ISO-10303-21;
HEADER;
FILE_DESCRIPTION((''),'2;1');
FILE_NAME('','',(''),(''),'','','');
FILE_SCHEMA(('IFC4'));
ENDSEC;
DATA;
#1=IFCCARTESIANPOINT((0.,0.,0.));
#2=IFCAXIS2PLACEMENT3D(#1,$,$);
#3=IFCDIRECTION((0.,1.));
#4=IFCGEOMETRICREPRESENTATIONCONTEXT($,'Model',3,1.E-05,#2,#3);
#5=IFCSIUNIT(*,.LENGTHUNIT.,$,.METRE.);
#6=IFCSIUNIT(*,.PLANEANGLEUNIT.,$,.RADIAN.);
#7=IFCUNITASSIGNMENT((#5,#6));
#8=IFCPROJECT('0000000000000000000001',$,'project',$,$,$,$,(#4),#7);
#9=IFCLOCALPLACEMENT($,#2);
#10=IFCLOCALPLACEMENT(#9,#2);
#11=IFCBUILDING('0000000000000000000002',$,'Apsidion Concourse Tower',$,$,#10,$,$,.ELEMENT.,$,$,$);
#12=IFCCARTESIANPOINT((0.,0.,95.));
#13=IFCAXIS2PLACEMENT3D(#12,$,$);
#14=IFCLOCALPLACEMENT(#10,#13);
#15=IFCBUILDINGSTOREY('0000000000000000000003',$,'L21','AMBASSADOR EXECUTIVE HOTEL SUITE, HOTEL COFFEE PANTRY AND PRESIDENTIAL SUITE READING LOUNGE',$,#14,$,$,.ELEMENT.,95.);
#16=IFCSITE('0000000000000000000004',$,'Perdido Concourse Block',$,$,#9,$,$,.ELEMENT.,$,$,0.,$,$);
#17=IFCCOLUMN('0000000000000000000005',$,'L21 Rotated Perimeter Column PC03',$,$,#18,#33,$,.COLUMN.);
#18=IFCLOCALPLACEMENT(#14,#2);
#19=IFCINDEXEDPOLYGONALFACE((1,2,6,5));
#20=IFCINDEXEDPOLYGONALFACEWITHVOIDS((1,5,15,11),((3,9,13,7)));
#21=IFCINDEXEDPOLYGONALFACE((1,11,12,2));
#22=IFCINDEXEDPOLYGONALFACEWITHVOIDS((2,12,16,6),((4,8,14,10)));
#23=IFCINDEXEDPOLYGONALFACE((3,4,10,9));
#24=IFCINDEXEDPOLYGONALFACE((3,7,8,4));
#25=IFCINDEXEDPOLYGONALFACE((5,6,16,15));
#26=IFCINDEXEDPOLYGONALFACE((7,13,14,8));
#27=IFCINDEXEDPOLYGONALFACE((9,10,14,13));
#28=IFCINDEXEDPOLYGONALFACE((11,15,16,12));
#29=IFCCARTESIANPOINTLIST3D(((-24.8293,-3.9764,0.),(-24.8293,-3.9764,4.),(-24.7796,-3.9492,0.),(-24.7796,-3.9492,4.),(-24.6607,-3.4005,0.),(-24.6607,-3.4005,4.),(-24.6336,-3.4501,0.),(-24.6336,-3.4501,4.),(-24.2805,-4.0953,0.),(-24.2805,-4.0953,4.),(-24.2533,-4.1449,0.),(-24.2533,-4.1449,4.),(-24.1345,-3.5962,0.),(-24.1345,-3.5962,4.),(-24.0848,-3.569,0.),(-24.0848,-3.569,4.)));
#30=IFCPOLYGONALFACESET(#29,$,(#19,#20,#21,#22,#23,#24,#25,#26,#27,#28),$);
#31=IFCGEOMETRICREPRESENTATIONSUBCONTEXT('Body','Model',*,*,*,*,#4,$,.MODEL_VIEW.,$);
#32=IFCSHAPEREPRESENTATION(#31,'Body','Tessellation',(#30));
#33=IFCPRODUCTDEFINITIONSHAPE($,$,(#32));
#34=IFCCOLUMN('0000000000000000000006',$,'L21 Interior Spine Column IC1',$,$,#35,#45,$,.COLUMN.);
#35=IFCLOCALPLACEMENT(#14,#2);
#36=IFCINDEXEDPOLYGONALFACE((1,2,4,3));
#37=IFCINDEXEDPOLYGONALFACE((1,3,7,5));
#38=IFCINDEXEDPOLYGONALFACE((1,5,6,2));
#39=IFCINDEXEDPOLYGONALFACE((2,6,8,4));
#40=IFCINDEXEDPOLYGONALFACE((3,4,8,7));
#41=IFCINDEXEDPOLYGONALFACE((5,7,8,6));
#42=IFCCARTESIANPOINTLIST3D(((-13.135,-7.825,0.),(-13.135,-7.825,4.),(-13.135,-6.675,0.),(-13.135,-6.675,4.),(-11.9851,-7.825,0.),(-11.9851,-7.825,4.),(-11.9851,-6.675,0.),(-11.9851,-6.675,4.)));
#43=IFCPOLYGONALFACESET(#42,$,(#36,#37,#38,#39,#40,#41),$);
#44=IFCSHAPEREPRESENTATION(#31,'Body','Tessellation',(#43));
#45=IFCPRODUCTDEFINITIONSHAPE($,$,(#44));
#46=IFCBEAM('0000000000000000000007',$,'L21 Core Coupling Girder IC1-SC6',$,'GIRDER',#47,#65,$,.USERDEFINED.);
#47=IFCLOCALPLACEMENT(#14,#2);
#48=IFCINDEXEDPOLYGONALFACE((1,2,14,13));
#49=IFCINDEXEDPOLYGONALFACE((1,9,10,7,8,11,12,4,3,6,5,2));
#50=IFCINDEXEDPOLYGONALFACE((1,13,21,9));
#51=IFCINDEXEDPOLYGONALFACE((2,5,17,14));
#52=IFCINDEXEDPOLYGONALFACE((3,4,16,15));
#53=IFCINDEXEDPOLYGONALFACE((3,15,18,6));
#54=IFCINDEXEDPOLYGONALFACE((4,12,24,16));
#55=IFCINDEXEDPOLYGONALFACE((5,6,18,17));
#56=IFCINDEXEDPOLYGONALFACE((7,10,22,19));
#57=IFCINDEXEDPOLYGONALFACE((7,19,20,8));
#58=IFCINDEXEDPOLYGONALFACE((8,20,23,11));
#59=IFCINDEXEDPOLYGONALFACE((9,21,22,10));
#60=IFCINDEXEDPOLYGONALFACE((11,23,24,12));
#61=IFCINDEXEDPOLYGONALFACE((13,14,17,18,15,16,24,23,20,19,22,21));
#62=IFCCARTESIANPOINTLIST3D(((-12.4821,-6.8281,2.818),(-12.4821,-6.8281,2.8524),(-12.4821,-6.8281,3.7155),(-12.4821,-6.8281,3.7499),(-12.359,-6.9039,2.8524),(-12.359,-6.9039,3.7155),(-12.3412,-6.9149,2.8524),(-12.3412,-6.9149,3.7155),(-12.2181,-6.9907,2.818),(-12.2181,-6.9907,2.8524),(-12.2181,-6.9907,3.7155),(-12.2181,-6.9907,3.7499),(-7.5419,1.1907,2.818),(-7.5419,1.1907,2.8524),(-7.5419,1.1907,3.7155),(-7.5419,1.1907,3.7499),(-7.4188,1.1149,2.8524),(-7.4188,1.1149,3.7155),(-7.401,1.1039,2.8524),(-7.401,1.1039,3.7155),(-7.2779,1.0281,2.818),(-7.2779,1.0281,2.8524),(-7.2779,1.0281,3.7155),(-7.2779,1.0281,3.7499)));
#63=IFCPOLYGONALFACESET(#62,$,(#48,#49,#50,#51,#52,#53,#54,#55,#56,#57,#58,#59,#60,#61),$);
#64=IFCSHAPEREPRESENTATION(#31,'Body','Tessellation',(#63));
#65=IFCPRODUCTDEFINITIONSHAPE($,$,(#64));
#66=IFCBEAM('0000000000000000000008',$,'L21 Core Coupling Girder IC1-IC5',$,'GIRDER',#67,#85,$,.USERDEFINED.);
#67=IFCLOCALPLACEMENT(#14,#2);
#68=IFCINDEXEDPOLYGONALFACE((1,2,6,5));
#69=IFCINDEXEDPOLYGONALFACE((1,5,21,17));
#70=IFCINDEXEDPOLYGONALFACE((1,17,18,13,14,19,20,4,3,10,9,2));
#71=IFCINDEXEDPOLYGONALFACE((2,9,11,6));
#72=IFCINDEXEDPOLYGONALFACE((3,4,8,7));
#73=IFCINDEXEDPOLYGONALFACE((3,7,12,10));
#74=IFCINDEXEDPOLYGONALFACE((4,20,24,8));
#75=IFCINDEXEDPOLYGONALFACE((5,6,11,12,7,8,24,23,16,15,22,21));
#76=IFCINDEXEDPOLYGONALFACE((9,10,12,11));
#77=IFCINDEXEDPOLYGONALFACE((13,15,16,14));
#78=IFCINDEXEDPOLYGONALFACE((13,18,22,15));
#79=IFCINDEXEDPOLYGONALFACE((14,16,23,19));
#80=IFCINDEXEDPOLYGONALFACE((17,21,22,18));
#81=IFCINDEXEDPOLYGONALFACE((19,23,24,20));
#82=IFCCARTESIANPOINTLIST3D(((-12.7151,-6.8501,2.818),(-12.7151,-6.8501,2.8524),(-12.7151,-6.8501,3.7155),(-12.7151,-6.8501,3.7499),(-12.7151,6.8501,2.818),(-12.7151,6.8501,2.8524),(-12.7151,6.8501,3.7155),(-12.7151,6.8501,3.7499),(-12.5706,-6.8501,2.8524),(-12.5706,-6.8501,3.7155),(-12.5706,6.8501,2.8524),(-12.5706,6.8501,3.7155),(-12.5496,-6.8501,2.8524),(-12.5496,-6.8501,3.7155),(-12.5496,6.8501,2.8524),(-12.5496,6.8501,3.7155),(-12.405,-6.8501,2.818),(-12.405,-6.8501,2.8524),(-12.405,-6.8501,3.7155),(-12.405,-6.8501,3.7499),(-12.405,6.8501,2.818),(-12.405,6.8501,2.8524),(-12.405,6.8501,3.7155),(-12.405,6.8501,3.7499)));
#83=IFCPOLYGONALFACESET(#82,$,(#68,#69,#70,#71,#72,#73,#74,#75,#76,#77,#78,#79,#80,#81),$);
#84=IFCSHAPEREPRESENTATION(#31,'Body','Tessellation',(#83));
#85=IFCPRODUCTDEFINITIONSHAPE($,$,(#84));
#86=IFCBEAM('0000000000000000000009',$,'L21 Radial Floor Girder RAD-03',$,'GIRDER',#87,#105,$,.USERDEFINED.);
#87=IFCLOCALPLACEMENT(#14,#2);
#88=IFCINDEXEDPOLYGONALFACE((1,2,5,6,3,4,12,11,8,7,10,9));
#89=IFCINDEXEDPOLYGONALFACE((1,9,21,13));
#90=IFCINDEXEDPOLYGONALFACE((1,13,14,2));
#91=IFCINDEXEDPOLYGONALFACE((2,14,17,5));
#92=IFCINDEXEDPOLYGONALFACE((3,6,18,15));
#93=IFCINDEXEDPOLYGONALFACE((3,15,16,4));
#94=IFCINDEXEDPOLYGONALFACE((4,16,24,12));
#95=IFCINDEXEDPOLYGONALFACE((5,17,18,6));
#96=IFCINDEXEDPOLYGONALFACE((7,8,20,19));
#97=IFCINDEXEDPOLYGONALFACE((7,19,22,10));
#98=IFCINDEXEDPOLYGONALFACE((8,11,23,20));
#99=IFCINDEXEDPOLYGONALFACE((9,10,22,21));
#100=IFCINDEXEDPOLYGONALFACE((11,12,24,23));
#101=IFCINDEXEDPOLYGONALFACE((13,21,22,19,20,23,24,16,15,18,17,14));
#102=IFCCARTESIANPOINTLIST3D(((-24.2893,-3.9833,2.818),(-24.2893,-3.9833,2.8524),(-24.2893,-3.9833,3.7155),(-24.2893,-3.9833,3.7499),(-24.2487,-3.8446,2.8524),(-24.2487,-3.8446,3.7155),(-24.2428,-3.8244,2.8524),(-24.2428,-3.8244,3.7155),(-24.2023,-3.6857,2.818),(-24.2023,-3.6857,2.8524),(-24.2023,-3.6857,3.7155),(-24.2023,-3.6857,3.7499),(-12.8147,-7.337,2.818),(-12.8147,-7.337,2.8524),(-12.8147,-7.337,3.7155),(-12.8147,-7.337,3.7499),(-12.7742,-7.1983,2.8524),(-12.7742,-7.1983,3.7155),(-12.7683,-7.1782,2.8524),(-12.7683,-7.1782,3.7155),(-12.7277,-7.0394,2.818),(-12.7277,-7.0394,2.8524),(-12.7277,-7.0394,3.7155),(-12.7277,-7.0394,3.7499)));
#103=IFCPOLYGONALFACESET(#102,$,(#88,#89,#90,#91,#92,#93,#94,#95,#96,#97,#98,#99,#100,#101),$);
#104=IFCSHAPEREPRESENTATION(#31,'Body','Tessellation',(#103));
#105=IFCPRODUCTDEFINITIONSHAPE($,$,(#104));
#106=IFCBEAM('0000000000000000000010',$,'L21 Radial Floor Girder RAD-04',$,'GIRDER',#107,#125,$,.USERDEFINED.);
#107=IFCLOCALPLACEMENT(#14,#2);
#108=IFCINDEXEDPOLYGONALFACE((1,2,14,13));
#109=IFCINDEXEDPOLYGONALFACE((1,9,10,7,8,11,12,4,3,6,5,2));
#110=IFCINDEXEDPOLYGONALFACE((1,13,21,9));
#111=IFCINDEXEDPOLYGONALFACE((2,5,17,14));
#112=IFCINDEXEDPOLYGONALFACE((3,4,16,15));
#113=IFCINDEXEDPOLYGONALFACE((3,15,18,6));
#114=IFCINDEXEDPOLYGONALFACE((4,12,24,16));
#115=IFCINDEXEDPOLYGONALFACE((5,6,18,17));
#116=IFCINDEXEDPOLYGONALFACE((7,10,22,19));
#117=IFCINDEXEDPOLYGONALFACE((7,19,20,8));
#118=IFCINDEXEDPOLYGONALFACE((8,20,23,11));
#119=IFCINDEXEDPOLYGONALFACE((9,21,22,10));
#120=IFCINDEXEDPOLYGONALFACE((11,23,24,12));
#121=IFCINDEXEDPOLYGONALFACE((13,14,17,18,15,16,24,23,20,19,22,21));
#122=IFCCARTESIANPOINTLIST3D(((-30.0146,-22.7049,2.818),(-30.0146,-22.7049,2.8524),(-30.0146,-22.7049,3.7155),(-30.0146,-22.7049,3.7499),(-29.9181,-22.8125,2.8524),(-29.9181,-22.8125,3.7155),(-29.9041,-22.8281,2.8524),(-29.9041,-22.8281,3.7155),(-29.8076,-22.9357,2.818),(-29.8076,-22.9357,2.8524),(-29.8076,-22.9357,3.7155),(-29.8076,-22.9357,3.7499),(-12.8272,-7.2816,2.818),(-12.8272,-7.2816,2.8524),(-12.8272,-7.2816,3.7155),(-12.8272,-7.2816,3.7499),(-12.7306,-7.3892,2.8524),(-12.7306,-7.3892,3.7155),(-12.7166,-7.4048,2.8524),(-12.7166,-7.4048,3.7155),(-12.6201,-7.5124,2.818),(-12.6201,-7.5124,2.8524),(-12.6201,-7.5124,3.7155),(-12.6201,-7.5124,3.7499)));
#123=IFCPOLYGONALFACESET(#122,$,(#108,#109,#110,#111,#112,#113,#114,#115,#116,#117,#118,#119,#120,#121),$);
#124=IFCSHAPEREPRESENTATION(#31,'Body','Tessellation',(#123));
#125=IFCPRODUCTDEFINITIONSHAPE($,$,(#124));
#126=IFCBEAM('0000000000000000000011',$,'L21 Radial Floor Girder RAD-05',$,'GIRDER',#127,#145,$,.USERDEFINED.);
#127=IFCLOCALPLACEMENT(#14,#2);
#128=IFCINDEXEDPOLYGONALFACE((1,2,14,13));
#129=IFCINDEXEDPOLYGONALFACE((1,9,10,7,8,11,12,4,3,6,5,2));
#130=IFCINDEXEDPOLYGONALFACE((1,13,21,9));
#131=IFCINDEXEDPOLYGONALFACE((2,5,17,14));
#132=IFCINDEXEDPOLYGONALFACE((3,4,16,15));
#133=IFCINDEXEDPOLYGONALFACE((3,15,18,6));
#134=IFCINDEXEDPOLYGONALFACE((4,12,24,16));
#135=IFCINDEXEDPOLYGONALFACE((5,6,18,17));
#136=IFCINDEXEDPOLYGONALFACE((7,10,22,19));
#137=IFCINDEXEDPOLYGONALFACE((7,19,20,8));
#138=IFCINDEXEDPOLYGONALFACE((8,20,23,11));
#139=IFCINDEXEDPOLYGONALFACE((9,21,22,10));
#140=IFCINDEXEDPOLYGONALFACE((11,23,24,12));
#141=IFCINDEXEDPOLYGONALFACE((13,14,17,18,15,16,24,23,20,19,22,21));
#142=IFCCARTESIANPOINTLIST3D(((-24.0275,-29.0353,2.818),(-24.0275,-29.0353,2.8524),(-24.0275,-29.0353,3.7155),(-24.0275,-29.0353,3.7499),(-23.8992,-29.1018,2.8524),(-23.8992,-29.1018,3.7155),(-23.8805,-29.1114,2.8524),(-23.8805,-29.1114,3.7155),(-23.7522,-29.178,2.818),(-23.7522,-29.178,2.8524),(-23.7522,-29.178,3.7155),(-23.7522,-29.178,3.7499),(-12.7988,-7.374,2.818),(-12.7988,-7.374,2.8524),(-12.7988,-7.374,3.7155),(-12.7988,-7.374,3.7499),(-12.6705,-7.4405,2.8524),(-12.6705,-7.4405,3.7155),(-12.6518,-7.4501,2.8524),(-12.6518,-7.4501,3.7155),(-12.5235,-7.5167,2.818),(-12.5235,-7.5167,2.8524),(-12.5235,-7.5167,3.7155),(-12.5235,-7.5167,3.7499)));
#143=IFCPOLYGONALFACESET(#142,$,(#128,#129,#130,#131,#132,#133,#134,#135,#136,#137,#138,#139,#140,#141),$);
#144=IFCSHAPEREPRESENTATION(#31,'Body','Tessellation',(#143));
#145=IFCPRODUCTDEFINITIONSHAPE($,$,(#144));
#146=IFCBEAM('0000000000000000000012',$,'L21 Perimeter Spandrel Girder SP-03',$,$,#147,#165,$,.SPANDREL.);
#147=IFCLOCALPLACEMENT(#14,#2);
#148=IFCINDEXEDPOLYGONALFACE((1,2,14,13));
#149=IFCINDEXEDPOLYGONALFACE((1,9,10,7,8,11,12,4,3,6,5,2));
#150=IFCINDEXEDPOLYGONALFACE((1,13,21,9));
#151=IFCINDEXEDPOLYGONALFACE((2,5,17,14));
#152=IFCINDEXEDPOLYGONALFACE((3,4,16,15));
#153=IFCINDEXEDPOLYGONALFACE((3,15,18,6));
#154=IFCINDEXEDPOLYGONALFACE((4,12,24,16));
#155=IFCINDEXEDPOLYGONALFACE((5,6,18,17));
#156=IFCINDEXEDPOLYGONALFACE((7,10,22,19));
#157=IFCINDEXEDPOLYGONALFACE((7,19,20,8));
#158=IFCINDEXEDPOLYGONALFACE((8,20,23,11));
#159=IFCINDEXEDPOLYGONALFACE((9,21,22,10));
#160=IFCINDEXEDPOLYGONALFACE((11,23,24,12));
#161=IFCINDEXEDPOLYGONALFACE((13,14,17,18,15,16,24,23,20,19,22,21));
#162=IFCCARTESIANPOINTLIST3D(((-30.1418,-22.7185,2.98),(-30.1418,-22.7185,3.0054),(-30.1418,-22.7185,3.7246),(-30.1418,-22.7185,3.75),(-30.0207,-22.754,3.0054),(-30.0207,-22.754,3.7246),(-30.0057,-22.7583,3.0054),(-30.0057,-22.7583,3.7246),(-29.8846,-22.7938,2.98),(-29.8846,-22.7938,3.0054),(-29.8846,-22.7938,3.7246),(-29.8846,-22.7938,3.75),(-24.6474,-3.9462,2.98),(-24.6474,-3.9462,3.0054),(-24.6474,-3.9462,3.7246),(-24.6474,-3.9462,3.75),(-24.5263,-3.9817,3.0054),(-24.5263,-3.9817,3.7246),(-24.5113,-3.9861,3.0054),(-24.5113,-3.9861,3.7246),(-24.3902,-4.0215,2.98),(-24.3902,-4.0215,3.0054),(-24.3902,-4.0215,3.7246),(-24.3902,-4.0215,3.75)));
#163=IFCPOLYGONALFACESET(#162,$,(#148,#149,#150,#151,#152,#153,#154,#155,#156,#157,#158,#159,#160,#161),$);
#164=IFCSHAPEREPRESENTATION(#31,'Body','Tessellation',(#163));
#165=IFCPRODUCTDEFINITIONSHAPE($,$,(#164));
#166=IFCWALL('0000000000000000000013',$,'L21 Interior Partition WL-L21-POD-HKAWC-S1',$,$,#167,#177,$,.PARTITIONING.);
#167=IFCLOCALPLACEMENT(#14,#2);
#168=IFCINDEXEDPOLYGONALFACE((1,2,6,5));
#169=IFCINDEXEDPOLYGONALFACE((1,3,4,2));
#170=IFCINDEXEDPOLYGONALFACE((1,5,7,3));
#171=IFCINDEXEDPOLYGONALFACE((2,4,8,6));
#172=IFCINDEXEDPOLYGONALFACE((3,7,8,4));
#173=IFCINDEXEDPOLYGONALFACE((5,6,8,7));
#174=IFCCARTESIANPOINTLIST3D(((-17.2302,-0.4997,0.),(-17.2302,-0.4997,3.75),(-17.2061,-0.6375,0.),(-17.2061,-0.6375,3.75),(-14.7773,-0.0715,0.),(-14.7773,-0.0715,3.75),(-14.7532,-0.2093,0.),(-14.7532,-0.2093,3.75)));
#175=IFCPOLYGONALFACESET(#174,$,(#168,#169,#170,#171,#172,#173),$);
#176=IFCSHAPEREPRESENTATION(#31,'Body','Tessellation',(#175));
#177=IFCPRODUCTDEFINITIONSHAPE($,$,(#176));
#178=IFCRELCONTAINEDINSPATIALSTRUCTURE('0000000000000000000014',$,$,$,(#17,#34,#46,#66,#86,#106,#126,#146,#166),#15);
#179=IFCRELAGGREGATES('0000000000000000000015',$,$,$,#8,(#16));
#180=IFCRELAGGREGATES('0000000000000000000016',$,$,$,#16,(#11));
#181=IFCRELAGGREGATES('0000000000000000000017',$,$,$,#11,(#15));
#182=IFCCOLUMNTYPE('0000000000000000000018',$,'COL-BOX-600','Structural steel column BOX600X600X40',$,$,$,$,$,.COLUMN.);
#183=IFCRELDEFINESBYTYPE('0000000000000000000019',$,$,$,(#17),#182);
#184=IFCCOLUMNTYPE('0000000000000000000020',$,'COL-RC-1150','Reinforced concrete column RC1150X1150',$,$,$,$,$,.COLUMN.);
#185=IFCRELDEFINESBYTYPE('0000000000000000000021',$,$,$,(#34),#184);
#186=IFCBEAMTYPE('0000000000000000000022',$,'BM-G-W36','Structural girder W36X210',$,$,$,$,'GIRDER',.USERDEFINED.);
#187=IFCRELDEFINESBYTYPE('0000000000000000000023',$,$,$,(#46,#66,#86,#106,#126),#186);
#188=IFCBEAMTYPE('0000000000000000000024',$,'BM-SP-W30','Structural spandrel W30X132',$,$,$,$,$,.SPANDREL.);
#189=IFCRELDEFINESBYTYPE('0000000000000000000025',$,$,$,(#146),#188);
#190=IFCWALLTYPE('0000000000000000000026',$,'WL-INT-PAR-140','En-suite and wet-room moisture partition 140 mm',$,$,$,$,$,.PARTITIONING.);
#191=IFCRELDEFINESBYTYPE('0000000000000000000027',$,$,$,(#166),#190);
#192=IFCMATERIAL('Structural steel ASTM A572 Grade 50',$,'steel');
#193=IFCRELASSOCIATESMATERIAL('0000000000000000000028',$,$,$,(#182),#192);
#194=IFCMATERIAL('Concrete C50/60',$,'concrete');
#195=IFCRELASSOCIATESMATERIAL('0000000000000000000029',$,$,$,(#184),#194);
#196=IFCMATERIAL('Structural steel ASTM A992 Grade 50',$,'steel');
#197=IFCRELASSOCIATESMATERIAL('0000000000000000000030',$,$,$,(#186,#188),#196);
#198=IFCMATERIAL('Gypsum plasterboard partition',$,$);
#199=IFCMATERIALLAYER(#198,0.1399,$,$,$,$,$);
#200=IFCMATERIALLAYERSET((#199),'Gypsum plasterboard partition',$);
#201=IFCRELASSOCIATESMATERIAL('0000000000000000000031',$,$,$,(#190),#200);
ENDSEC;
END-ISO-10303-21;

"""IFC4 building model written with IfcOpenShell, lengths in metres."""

from ifc_helpers import new_model, si_unit, direction, frame, frame_2d, origin, origin_2d, place, context, subcontext, project, spatial, rectangle, hollow_rectangle, i_section, extrude, material, layer, layer_set, material_profile, profile_set, type_object, element, save


model = new_model("IFC4")

# Units and contexts
model_context = context("Model", 3, precision=1e-05, world=origin(), true_north=direction((0.0, 1.0)))
body_context = subcontext(model_context, "Body", "Model", "MODEL_VIEW")
ifc_project = project(units=[si_unit("LENGTHUNIT", "METRE"), si_unit("PLANEANGLEUNIT", "RADIAN")], contexts=[model_context])

# Site, building, storey
site_placement = place(None, origin())
site = spatial("IfcSite", under=ifc_project, at=site_placement, Name="Perdido Concourse Block", CompositionType="ELEMENT", RefElevation=0.0)
building_placement = place(site_placement, origin())
building = spatial("IfcBuilding", under=site, at=building_placement, Name="Apsidion Concourse Tower", CompositionType="ELEMENT")
storey_placement = place(building_placement, frame((0.0, 0.0, 95.0)))
storey = spatial("IfcBuildingStorey", under=building, at=storey_placement, Name="L21", Description="AMBASSADOR EXECUTIVE HOTEL SUITE, HOTEL COFFEE PANTRY AND PRESIDENTIAL SUITE READING LOUNGE", CompositionType="ELEMENT", Elevation=95.0)

# Columns
ifc_material_1 = material(Name="Structural steel ASTM A572 Grade 50", Category="steel")
ifc_material_profile_1 = material_profile(ifc_material_1, hollow_rectangle(XDim=0.6001, YDim=0.6001, WallThickness=0.04, at=origin_2d()), Name="BOX600X600X40")
ifc_profile_set_1 = profile_set([ifc_material_profile_1], Name="Structural steel ASTM A572 Grade 50")
column_type_1 = type_object("IfcColumnType", Name="COL-BOX-600", Description="Structural steel column BOX600X600X40", PredefinedType="COLUMN", material=ifc_profile_set_1)
column_1_placement = place(storey_placement, frame((-24.457, -3.7727, 0.0), z_axis=(0.0, 0.0, 1.0), x_axis=(0.280834, 0.959756, 0.0)))
element("IfcColumn", 1, at=column_1_placement, inside=storey, type_object=column_type_1, Name="L21 Rotated Perimeter Column PC03", PredefinedType="COLUMN", context=body_context, shape_type="SweptSolid", body=[
    extrude(hollow_rectangle(XDim=0.6001, YDim=0.6001, WallThickness=0.04, at=origin_2d()), origin(), (0.0, 0.0, 1.0), 4.0),
])
ifc_material_2 = material(Name="Concrete C50/60", Category="concrete")
ifc_material_profile_2 = material_profile(ifc_material_2, rectangle(XDim=1.1499, YDim=1.1499, at=origin_2d()), Name="RC 1150x1150")
ifc_profile_set_2 = profile_set([ifc_material_profile_2], Name="Concrete C50/60")
column_type_2 = type_object("IfcColumnType", Name="COL-RC-1150", Description="Reinforced concrete column RC1150X1150", PredefinedType="COLUMN", material=ifc_profile_set_2)
column_2_placement = place(storey_placement, frame((-12.5601, -7.25, 0.0), z_axis=(0.0, 0.0, 1.0), x_axis=(1.0, 0.0, 0.0)))
element("IfcColumn", 2, at=column_2_placement, inside=storey, type_object=column_type_2, Name="L21 Interior Spine Column IC1", PredefinedType="COLUMN", context=body_context, shape_type="SweptSolid", body=[
    extrude(rectangle(XDim=1.1499, YDim=1.1499, at=origin_2d()), origin(), (0.0, 0.0, 1.0), 4.0),
])

# Beams
ifc_material_3 = material(Name="Structural steel ASTM A992 Grade 50", Category="steel")
ifc_material_profile_3 = material_profile(ifc_material_3, i_section(OverallWidth=0.3101, OverallDepth=0.9319, WebThickness=0.021, FlangeThickness=0.0344, at=origin_2d()), Name="W36X210")
ifc_profile_set_3 = profile_set([ifc_material_profile_3], Name="Structural steel ASTM A992 Grade 50")
beam_type_1 = type_object("IfcBeamType", Name="BM-G-W36", Description="Structural girder W36X210", ElementType="GIRDER", PredefinedType="USERDEFINED", material=ifc_profile_set_3)
beam_1_placement = place(storey_placement, frame((-12.3501, -6.9094, 3.2839), z_axis=(0.524524, 0.851396, 0.0), x_axis=(-0.851396, 0.524524, 0.0)))
element("IfcBeam", 3, at=beam_1_placement, inside=storey, type_object=beam_type_1, Name="L21 Core Coupling Girder IC1-SC6", ObjectType="GIRDER", PredefinedType="USERDEFINED", context=body_context, shape_type="SweptSolid", body=[
    extrude(i_section(OverallWidth=0.3101, OverallDepth=0.9319, WebThickness=0.021, FlangeThickness=0.0344, at=origin_2d()), origin(), (0.0, 0.0, 1.0), 9.4185),
])
beam_2_placement = place(storey_placement, frame((-12.5601, -6.8501, 3.2839), z_axis=(0.0, 1.0, 0.0), x_axis=(-1.0, 0.0, 0.0)))
element("IfcBeam", 4, at=beam_2_placement, inside=storey, type_object=beam_type_1, Name="L21 Core Coupling Girder IC1-IC5", ObjectType="GIRDER", PredefinedType="USERDEFINED", context=body_context, shape_type="SweptSolid", body=[
    extrude(i_section(OverallWidth=0.3101, OverallDepth=0.9319, WebThickness=0.021, FlangeThickness=0.0344, at=origin_2d()), origin(), (0.0, 0.0, 1.0), 13.7002),
])
beam_3_placement = place(storey_placement, frame((-12.7712, -7.1882, 3.2839), z_axis=(-0.959842, 0.280539, 0.0), x_axis=(-0.280539, -0.959842, 0.0)))
element("IfcBeam", 5, at=beam_3_placement, inside=storey, type_object=beam_type_1, Name="L21 Radial Floor Girder RAD-03", ObjectType="GIRDER", PredefinedType="USERDEFINED", context=body_context, shape_type="SweptSolid", body=[
    extrude(i_section(OverallWidth=0.3101, OverallDepth=0.9319, WebThickness=0.021, FlangeThickness=0.0344, at=origin_2d()), origin(), (0.0, 0.0, 1.0), 11.9546),
])
beam_4_placement = place(storey_placement, frame((-12.7236, -7.397, 3.2839), z_axis=(-0.744271, -0.667878, 0.0), x_axis=(0.667878, -0.744271, 0.0)))
element("IfcBeam", 6, at=beam_4_placement, inside=storey, type_object=beam_type_1, Name="L21 Radial Floor Girder RAD-04", ObjectType="GIRDER", PredefinedType="USERDEFINED", context=body_context, shape_type="SweptSolid", body=[
    extrude(i_section(OverallWidth=0.3101, OverallDepth=0.9319, WebThickness=0.021, FlangeThickness=0.0344, at=origin_2d()), origin(), (0.0, 0.0, 1.0), 23.093),
])
beam_5_placement = place(storey_placement, frame((-12.6611, -7.4453, 3.2839), z_axis=(-0.460218, -0.887806, 0.0), x_axis=(0.887806, -0.460218, 0.0)))
element("IfcBeam", 7, at=beam_5_placement, inside=storey, type_object=beam_type_1, Name="L21 Radial Floor Girder RAD-05", ObjectType="GIRDER", PredefinedType="USERDEFINED", context=body_context, shape_type="SweptSolid", body=[
    extrude(i_section(OverallWidth=0.3101, OverallDepth=0.9319, WebThickness=0.021, FlangeThickness=0.0344, at=origin_2d()), origin(), (0.0, 0.0, 1.0), 24.3987),
])
ifc_material_profile_4 = material_profile(ifc_material_3, i_section(OverallWidth=0.2681, OverallDepth=0.77, WebThickness=0.0156, FlangeThickness=0.0254, at=origin_2d()), Name="W30X132")
ifc_profile_set_4 = profile_set([ifc_material_profile_4], Name="Structural steel ASTM A992 Grade 50")
beam_type_2 = type_object("IfcBeamType", Name="BM-SP-W30", Description="Structural spandrel W30X132", PredefinedType="SPANDREL", material=ifc_profile_set_4)
beam_6_placement = place(storey_placement, frame((-24.5188, -3.9839, 3.365), z_axis=(-0.280902, -0.959736, 0.0), x_axis=(0.959736, -0.280902, 0.0)))
element("IfcBeam", 8, at=beam_6_placement, inside=storey, type_object=beam_type_2, Name="L21 Perimeter Spandrel Girder SP-03", PredefinedType="SPANDREL", context=body_context, shape_type="SweptSolid", body=[
    extrude(i_section(OverallWidth=0.2681, OverallDepth=0.77, WebThickness=0.0156, FlangeThickness=0.0254, at=origin_2d()), origin(), (0.0, 0.0, 1.0), 19.5598),
])

# Wall
ifc_material_4 = material(Name="Gypsum plasterboard partition")
ifc_layer_1 = layer(ifc_material_4, 0.1399)
ifc_layer_set_1 = layer_set([ifc_layer_1], Name="Gypsum plasterboard partition")
wall_type_1 = type_object("IfcWallType", Name="WL-INT-PAR-140", Description="En-suite and wet-room moisture partition 140 mm", PredefinedType="PARTITIONING", material=ifc_layer_set_1)
wall_1_placement = place(storey_placement, frame((-14.7651, -0.1404, 0.0), z_axis=(0.0, 0.0, 1.0), x_axis=(-0.985101, -0.171978, 0.0)))
element("IfcWall", 9, at=wall_1_placement, inside=storey, type_object=wall_type_1, Name="L21 Interior Partition WL-L21-POD-HKAWC-S1", PredefinedType="PARTITIONING", context=body_context, shape_type="SweptSolid", body=[
    extrude(rectangle(XDim=2.49, YDim=0.1399, at=frame_2d((1.2451, 0.0))), origin(), (0.0, 0.0, 1.0), 3.75),
])

save(model, "model.ifc")
